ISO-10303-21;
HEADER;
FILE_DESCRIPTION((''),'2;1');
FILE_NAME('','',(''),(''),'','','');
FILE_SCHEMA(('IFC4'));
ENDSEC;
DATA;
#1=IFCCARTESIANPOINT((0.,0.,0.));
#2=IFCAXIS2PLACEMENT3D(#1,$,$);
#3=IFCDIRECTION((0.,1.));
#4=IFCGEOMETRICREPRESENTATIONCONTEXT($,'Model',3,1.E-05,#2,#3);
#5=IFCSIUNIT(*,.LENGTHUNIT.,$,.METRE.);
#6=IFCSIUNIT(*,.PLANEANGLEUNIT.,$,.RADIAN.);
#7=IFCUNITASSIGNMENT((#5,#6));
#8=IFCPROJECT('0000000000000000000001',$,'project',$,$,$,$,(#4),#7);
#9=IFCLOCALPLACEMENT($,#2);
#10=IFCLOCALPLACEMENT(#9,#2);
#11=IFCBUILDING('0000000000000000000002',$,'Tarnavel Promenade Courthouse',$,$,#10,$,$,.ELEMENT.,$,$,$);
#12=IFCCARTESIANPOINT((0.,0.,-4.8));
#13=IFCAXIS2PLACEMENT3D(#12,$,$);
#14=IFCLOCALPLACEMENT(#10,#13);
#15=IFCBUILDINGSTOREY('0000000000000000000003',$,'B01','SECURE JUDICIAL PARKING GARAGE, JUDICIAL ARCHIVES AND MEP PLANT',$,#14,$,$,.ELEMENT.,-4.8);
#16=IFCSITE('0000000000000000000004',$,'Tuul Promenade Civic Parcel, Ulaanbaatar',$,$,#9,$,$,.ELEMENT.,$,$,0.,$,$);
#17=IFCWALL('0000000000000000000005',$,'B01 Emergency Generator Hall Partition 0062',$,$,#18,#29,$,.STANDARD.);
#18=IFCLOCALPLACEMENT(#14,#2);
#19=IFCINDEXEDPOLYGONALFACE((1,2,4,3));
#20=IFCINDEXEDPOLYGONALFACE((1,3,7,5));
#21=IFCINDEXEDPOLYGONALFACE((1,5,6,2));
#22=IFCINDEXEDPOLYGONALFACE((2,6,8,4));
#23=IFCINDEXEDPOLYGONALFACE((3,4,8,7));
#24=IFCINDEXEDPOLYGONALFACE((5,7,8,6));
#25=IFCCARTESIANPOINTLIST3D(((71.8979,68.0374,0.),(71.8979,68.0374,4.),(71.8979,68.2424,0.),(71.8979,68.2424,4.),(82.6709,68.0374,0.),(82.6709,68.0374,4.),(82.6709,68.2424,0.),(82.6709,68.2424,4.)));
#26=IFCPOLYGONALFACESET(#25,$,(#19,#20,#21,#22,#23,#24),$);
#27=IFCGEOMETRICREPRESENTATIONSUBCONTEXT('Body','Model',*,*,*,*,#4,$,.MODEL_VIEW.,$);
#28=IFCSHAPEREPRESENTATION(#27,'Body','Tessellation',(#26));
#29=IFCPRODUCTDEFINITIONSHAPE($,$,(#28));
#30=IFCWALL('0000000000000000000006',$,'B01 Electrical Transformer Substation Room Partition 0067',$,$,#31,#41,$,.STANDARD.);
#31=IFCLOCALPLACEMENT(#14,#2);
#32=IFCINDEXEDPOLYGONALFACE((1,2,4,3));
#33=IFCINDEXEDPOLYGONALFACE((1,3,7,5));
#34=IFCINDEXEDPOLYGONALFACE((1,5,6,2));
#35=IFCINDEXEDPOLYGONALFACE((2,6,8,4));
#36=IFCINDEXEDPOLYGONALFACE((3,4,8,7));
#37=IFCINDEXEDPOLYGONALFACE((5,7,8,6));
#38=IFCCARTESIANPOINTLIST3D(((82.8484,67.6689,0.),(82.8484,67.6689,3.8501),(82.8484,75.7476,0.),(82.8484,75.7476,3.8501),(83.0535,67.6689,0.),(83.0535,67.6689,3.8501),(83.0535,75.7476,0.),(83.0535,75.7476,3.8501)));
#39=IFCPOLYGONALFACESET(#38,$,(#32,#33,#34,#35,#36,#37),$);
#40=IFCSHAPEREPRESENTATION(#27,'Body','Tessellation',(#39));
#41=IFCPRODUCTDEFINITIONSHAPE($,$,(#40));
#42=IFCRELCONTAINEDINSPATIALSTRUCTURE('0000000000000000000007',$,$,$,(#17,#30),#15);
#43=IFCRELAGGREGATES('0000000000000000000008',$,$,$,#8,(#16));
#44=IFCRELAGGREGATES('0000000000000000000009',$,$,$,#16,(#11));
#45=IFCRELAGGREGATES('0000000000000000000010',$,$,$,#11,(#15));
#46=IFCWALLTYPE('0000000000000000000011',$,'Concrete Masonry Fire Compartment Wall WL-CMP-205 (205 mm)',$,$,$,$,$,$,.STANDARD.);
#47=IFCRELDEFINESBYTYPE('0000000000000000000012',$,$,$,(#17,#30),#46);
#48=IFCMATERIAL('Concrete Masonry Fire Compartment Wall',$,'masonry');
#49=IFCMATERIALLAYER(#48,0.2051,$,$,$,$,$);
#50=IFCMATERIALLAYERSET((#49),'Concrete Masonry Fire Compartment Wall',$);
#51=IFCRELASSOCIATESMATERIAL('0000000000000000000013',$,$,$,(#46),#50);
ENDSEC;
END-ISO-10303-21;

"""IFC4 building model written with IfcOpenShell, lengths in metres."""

from ifc_helpers import new_model, si_unit, direction, frame, frame_2d, origin, place, context, subcontext, project, spatial, rectangle, extrude, material, layer, layer_set, type_object, element, save


model = new_model("IFC4")

# Units and contexts
model_context = context("Model", 3, precision=1e-05, world=origin(), true_north=direction((0.0, 1.0)))
body_context = subcontext(model_context, "Body", "Model", "MODEL_VIEW")
ifc_project = project(units=[si_unit("LENGTHUNIT", "METRE"), si_unit("PLANEANGLEUNIT", "RADIAN")], contexts=[model_context])

# Site, building, storey
site_placement = place(None, origin())
site = spatial("IfcSite", under=ifc_project, at=site_placement, Name="Tuul Promenade Civic Parcel, Ulaanbaatar", CompositionType="ELEMENT", RefElevation=0.0)
building_placement = place(site_placement, origin())
building = spatial("IfcBuilding", under=site, at=building_placement, Name="Tarnavel Promenade Courthouse", CompositionType="ELEMENT")
storey_placement = place(building_placement, frame((0.0, 0.0, -4.8)))
storey = spatial("IfcBuildingStorey", under=building, at=storey_placement, Name="B01", Description="SECURE JUDICIAL PARKING GARAGE, JUDICIAL ARCHIVES AND MEP PLANT", CompositionType="ELEMENT", Elevation=-4.8)

# Walls
ifc_material_1 = material(Name="Concrete Masonry Fire Compartment Wall", Category="masonry")
ifc_layer = layer(ifc_material_1, 0.2051)
ifc_layer_set = layer_set([ifc_layer], Name="Concrete Masonry Fire Compartment Wall")
wall_type = type_object("IfcWallType", Name="Concrete Masonry Fire Compartment Wall WL-CMP-205 (205 mm)", PredefinedType="STANDARD", material=ifc_layer_set)
wall_1_placement = place(storey_placement, frame((82.6709, 68.1399, 0.0), z_axis=(0.0, 0.0, 1.0), x_axis=(-1.0, 0.0, 0.0)))
element("IfcWall", 1, at=wall_1_placement, inside=storey, type_object=wall_type, Name="B01 Emergency Generator Hall Partition 0062", PredefinedType="STANDARD", context=body_context, shape_type="SweptSolid", body=[
    extrude(rectangle(XDim=10.7729, YDim=0.2051, at=frame_2d((5.3865, 0.0))), origin(), (0.0, 0.0, 1.0), 4.0),
])
wall_2_placement = place(storey_placement, frame((82.9509, 67.6689, 0.0), z_axis=(0.0, 0.0, 1.0), x_axis=(0.0, 1.0, 0.0)))
element("IfcWall", 2, at=wall_2_placement, inside=storey, type_object=wall_type, Name="B01 Electrical Transformer Substation Room Partition 0067", PredefinedType="STANDARD", context=body_context, shape_type="SweptSolid", body=[
    extrude(rectangle(XDim=8.0786, YDim=0.2051, at=frame_2d((4.0393, 0.0))), origin(), (0.0, 0.0, 1.0), 3.8501),
])

save(model, "model.ifc")
